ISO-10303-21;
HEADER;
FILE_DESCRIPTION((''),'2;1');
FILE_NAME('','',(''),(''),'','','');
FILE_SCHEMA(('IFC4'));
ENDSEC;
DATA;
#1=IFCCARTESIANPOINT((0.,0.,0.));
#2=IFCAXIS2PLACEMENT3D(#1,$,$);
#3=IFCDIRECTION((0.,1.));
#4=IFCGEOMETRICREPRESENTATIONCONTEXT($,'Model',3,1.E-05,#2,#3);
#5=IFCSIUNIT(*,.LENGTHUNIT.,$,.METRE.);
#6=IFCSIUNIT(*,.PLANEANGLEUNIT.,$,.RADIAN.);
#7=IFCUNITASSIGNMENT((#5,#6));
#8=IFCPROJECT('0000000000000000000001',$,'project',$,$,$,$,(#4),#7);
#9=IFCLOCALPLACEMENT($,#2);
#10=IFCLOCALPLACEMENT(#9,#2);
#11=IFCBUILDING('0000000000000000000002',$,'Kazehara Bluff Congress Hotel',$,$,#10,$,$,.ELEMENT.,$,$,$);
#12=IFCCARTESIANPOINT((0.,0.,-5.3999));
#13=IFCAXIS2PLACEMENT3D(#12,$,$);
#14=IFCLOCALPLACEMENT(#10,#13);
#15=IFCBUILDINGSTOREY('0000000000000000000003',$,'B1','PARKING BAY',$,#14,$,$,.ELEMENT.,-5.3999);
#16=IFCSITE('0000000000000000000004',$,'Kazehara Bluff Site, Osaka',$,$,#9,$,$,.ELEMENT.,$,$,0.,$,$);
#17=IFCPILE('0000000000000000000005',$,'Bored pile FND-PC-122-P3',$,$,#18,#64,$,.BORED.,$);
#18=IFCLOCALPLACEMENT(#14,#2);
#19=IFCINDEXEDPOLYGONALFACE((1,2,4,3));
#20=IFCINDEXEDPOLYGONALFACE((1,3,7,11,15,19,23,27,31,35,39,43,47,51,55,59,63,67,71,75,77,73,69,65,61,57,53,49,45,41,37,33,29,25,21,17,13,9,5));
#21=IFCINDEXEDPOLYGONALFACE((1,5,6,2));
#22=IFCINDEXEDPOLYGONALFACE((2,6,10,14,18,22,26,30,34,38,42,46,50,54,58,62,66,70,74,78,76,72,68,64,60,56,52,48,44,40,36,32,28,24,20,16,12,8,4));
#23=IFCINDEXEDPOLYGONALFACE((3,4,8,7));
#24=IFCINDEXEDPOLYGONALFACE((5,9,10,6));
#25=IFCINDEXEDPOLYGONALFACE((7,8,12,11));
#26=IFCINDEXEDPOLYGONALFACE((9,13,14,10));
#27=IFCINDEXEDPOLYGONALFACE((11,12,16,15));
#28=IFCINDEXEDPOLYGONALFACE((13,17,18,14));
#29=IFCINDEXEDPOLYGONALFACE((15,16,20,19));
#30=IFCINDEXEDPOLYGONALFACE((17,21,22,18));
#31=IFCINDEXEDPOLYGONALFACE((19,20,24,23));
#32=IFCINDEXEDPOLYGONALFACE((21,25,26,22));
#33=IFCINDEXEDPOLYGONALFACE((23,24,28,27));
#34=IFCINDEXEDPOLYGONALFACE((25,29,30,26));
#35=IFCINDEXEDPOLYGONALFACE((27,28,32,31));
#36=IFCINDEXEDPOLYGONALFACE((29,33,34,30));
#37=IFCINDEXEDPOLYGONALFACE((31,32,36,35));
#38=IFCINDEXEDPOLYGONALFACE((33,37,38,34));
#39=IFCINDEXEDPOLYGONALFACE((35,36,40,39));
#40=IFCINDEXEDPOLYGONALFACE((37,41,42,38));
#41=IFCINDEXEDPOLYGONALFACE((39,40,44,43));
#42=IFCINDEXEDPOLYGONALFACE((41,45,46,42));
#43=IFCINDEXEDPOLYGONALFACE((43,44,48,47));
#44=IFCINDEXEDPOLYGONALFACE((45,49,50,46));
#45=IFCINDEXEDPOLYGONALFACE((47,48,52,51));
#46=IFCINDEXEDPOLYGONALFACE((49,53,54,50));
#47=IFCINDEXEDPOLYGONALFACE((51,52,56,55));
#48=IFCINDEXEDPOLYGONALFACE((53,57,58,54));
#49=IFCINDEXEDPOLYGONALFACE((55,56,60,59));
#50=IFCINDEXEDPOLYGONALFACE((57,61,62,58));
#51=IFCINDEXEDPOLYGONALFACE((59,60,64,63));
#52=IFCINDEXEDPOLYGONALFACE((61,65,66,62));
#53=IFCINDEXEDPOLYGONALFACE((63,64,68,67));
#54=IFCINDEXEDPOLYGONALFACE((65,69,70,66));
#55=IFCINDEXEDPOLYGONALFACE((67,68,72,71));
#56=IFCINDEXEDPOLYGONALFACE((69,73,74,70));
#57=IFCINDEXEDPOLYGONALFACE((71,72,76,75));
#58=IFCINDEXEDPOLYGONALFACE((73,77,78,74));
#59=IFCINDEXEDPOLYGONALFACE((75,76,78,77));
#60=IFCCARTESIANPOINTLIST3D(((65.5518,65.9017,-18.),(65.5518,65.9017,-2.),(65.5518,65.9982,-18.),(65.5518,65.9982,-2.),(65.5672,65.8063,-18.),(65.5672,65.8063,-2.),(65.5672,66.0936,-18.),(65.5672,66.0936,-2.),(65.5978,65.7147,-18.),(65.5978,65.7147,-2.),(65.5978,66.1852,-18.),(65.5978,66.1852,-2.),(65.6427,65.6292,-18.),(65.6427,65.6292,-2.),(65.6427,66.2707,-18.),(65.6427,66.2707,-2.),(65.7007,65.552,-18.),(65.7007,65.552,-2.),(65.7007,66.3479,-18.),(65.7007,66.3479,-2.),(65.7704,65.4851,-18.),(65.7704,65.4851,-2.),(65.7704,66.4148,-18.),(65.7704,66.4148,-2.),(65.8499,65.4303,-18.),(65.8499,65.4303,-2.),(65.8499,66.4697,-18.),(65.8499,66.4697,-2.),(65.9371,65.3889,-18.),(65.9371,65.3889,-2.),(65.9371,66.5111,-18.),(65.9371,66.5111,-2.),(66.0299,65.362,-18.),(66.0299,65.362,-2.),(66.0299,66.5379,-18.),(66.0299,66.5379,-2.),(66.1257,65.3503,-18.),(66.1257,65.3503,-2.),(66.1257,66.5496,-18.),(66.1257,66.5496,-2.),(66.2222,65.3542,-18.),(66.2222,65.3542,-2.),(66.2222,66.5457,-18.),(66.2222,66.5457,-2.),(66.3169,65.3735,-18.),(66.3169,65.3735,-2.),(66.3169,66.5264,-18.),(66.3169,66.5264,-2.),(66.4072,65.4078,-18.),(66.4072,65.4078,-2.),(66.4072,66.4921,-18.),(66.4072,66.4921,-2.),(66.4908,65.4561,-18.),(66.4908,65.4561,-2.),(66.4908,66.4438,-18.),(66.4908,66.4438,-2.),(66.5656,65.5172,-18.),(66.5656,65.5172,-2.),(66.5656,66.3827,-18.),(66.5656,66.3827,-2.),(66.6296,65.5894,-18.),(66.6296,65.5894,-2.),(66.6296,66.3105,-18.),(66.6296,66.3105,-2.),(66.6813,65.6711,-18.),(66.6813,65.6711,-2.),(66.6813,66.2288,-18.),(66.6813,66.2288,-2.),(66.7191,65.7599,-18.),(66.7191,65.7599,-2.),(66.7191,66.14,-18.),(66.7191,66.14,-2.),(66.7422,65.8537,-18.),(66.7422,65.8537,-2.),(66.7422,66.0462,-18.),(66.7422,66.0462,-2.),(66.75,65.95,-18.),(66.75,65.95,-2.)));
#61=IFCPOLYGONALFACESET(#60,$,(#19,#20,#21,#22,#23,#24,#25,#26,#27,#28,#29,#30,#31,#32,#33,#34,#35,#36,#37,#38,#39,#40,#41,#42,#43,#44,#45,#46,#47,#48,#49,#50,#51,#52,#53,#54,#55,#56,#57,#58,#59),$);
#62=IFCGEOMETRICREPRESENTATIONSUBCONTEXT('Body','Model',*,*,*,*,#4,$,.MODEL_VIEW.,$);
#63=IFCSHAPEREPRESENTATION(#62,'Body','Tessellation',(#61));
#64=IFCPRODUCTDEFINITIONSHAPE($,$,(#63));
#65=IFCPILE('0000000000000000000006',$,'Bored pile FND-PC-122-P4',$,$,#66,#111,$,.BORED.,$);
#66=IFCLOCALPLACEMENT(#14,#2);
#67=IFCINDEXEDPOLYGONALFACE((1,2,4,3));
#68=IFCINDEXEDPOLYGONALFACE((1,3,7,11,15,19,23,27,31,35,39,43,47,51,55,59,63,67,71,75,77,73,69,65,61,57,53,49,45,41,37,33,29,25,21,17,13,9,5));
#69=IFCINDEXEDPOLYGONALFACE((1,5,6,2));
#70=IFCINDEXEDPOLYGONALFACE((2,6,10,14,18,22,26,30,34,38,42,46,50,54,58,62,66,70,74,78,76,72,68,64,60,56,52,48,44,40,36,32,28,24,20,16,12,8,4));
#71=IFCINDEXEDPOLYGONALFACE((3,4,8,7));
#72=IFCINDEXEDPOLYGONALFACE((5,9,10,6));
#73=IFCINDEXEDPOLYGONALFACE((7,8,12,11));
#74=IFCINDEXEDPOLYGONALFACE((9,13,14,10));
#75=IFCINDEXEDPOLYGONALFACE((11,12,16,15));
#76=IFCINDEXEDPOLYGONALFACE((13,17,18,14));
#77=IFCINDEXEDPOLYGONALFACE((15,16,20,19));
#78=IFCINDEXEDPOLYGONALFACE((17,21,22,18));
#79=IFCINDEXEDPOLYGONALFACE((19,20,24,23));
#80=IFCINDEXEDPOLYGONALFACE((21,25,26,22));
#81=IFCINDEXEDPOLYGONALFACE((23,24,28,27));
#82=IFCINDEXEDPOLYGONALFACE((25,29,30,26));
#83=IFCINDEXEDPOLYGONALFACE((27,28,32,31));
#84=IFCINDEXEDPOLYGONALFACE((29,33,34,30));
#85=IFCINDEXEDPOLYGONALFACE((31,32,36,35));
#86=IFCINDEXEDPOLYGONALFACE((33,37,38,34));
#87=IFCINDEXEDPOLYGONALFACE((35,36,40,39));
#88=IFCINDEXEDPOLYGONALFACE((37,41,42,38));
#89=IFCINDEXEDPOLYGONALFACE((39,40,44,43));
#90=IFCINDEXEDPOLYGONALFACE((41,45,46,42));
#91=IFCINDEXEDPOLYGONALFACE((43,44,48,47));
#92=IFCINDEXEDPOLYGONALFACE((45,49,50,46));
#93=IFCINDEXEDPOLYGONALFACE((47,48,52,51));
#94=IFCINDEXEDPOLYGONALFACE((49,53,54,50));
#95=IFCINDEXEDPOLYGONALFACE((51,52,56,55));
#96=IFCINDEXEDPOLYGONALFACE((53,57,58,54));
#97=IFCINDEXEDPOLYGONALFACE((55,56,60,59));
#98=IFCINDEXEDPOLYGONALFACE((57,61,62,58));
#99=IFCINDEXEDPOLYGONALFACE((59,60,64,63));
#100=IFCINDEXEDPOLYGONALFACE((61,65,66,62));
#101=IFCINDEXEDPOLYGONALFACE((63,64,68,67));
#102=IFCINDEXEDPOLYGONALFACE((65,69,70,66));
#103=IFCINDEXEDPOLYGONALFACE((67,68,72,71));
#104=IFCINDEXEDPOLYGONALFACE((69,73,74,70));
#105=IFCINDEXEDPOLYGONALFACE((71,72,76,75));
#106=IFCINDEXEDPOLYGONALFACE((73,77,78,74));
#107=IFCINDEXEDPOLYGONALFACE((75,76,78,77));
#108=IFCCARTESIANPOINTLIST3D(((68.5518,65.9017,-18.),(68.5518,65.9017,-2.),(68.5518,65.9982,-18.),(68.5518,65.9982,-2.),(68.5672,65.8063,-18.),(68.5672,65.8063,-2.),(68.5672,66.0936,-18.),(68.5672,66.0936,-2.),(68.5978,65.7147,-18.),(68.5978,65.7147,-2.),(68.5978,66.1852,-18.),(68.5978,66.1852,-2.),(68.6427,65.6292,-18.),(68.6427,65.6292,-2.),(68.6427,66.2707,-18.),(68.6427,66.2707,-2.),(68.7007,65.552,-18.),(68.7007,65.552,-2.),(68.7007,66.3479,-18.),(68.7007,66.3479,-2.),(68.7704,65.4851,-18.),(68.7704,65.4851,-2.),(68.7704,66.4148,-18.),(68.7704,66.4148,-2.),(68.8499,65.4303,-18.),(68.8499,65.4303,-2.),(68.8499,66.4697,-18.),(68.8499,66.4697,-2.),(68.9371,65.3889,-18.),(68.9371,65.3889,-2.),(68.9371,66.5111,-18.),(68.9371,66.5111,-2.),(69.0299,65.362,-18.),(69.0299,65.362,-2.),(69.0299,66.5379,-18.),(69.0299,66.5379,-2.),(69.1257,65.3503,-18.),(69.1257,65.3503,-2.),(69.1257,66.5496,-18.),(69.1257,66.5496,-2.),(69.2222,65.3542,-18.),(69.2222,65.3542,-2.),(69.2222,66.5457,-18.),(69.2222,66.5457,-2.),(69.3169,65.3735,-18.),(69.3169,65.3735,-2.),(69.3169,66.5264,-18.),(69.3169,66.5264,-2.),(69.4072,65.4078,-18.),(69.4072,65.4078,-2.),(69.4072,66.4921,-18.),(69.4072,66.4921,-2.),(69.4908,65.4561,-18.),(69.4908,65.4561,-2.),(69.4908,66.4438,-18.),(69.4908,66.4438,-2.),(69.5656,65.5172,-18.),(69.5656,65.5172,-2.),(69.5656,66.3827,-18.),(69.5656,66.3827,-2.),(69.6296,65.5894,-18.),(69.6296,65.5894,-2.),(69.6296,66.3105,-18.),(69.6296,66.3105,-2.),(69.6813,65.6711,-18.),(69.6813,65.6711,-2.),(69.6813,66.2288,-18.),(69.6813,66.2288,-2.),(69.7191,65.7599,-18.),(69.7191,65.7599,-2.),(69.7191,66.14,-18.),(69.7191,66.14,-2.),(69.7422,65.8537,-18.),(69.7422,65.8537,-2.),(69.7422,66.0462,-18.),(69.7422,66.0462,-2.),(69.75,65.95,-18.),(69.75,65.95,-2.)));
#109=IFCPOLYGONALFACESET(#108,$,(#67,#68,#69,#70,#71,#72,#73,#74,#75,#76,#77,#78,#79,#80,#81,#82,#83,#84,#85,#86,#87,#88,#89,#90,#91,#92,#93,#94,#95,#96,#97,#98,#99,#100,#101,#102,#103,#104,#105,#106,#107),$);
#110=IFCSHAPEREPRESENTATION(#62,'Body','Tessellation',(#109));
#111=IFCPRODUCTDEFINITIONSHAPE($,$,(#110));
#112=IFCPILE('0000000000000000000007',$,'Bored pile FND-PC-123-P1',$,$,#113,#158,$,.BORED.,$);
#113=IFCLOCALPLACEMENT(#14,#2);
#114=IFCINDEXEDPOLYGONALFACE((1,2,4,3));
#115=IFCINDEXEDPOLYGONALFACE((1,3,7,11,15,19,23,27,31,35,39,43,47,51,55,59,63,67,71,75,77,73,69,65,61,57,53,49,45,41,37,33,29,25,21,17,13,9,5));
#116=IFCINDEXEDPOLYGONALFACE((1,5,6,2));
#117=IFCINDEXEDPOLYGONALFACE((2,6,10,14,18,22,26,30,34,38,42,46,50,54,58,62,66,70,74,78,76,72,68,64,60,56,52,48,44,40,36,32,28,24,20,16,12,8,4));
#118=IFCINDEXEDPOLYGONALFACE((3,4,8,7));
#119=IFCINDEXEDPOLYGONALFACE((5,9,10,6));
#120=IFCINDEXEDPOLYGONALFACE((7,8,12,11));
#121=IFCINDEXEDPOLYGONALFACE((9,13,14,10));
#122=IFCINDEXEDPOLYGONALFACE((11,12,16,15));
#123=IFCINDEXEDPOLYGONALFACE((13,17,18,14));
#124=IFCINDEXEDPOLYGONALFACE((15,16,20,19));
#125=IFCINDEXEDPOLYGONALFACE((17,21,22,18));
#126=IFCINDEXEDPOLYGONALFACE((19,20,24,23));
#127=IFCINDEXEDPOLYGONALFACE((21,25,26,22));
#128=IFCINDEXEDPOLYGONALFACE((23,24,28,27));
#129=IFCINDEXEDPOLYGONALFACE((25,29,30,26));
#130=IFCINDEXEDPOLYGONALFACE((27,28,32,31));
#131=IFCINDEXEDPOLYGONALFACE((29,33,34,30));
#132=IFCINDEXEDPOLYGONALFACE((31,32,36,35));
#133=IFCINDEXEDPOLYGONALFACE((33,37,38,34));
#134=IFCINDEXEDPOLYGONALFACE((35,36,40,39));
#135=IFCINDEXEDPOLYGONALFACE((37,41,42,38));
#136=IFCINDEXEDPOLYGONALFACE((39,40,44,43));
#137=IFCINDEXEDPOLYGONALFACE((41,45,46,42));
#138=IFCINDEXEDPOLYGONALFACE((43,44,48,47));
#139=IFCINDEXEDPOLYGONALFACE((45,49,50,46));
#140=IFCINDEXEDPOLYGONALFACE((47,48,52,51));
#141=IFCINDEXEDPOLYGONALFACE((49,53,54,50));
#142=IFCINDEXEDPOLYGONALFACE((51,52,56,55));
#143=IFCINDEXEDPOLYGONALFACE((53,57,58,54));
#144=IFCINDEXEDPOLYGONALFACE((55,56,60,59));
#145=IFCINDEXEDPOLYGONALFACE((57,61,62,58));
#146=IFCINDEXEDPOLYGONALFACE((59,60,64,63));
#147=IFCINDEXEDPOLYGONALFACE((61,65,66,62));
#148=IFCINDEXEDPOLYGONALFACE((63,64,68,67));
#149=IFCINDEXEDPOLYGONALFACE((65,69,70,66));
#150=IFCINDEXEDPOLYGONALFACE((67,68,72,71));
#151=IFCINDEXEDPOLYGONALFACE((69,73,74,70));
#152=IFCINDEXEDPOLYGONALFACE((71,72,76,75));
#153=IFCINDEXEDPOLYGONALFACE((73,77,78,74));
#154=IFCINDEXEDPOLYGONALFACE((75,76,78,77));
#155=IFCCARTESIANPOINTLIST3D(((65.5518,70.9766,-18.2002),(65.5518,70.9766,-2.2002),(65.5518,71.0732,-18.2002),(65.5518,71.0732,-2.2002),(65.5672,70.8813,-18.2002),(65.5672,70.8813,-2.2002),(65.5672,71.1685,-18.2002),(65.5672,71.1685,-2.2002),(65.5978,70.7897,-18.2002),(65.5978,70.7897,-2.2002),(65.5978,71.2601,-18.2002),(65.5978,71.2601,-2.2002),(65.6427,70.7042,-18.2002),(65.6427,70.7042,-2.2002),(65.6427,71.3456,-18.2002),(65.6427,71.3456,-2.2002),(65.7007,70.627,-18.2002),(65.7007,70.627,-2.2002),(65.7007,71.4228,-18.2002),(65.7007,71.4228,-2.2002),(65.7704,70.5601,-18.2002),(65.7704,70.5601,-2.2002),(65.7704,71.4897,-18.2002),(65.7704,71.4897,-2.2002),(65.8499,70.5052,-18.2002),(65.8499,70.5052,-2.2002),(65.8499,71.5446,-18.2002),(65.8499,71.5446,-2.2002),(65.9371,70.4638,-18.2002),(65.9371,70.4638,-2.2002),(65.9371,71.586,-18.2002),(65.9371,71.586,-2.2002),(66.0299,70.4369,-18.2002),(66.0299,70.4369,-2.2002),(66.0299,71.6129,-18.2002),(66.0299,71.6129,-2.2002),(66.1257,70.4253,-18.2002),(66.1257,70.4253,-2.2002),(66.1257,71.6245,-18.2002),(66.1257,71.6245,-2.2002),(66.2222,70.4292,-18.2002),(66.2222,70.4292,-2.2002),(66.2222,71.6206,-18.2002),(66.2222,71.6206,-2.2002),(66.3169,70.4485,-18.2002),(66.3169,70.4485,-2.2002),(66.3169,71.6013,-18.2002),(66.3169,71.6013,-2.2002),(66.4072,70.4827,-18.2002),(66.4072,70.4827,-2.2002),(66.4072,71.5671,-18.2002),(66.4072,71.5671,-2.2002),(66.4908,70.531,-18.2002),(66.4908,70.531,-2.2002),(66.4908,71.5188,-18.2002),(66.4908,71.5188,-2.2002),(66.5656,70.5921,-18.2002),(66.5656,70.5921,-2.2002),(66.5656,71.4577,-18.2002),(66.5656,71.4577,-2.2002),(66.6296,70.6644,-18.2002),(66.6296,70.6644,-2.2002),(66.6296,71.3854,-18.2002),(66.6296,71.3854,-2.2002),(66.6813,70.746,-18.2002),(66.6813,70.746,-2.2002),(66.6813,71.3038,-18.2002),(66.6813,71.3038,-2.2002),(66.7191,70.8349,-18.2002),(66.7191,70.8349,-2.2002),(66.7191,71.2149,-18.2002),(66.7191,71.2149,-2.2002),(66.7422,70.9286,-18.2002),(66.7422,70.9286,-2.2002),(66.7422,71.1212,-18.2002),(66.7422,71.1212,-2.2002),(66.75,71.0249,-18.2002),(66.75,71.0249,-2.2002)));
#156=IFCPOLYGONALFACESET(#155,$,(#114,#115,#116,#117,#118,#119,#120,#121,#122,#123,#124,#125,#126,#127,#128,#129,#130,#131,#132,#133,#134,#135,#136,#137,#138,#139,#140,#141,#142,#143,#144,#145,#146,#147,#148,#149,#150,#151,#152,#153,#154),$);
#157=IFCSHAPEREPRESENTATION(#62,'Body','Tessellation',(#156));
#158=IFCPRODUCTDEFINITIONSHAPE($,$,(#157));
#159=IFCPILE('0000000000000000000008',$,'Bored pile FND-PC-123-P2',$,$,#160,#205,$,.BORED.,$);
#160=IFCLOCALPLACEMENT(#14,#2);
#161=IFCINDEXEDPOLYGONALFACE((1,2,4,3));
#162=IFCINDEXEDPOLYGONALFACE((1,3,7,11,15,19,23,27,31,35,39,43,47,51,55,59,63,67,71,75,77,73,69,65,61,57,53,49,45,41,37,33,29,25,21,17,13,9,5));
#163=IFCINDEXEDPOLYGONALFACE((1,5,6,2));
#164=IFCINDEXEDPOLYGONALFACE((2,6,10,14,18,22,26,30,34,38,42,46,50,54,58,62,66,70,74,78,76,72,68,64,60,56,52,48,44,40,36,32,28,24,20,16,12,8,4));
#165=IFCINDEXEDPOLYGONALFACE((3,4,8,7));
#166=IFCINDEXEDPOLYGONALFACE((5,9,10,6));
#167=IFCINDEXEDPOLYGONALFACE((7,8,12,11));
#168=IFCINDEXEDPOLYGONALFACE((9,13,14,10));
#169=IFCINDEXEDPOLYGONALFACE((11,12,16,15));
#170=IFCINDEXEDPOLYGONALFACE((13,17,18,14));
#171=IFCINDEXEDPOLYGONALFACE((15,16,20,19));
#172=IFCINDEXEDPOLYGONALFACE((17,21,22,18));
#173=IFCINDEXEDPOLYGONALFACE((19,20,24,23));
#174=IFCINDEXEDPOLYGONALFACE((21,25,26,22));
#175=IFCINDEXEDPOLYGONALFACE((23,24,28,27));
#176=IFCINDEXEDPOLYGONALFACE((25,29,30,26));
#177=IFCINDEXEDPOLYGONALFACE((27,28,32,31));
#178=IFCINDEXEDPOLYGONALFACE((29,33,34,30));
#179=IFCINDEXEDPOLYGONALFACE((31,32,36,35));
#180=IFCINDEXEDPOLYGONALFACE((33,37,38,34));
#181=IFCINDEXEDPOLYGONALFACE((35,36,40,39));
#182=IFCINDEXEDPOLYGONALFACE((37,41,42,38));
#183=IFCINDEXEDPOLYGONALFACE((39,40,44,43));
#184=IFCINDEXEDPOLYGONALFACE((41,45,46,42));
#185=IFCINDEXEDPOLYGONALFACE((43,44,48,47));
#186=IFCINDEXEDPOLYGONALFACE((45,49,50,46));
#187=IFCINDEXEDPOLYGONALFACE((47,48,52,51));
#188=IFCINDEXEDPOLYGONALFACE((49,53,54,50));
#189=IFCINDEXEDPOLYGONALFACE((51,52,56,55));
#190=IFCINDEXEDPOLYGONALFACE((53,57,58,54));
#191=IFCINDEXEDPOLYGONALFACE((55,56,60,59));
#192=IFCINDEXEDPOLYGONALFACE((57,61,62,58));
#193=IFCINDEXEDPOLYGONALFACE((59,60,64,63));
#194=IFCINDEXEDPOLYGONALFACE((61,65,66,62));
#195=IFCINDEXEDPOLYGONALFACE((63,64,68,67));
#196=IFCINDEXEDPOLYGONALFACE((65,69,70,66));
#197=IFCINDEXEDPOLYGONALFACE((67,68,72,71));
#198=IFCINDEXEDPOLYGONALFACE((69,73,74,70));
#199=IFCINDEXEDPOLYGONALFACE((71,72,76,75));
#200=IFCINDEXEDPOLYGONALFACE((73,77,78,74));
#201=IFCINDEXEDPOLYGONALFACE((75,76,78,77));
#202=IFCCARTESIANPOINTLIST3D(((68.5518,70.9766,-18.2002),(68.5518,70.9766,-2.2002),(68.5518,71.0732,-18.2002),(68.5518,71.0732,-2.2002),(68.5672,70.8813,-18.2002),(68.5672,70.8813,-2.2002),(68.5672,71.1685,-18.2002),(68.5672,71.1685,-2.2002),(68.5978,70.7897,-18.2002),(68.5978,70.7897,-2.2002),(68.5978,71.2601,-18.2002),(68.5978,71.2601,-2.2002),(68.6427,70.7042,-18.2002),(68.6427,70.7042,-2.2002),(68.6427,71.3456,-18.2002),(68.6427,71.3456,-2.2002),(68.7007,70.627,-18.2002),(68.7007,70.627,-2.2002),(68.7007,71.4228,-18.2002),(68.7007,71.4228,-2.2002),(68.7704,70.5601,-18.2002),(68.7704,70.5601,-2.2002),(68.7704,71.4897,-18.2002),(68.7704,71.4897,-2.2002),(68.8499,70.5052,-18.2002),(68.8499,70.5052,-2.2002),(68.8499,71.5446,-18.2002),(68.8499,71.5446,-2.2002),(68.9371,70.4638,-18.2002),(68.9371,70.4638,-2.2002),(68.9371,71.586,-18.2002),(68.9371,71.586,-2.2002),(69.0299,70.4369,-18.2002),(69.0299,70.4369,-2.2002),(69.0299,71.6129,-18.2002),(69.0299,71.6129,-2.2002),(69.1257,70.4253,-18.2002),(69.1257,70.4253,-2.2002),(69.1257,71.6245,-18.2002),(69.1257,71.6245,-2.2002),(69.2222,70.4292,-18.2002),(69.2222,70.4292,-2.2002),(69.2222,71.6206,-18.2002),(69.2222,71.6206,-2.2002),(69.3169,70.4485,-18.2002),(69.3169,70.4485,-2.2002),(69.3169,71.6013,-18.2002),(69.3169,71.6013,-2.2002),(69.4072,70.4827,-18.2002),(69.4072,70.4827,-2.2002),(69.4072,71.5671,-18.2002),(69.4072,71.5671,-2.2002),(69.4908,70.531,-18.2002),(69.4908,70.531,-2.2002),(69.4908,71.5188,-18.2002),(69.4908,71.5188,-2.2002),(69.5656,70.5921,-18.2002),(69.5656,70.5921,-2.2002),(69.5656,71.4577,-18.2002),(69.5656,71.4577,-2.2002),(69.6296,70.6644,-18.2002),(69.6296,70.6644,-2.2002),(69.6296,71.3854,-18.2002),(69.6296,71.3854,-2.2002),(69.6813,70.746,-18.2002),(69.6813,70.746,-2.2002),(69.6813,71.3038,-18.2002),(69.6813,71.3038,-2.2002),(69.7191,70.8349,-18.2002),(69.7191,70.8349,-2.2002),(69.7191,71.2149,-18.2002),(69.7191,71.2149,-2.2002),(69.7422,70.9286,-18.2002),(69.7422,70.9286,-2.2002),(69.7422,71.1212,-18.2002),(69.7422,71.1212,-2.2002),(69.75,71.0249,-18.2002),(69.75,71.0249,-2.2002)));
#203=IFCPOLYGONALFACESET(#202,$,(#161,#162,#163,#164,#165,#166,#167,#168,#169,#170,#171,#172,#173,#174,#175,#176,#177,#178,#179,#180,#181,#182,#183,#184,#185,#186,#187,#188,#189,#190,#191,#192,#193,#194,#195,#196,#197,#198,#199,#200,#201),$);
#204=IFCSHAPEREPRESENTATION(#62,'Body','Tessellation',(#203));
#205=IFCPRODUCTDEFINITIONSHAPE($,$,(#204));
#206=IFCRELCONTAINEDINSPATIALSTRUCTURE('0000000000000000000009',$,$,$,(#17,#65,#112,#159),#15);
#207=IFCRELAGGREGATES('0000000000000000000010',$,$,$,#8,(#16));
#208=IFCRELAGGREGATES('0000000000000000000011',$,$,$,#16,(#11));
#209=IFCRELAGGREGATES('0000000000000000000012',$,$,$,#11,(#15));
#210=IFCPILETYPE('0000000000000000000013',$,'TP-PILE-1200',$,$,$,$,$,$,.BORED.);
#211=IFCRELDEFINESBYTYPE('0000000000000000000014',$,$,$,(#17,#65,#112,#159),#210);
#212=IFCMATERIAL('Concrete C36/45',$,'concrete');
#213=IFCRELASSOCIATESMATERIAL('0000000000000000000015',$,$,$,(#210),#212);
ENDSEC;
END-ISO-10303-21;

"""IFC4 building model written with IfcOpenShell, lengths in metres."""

from ifc_helpers import new_model, si_unit, direction, frame, origin, origin_2d, place, context, subcontext, project, spatial, circle, extrude, material, material_profile, profile_set, type_object, element, save


model = new_model("IFC4")

# Units and contexts
model_context = context("Model", 3, precision=1e-05, world=origin(), true_north=direction((0.0, 1.0)))
body_context = subcontext(model_context, "Body", "Model", "MODEL_VIEW")
ifc_project = project(units=[si_unit("LENGTHUNIT", "METRE"), si_unit("PLANEANGLEUNIT", "RADIAN")], contexts=[model_context])

# Site, building, storey
site_placement = place(None, origin())
site = spatial("IfcSite", under=ifc_project, at=site_placement, Name="Kazehara Bluff Site, Osaka", CompositionType="ELEMENT", RefElevation=0.0)
building_placement = place(site_placement, origin())
building = spatial("IfcBuilding", under=site, at=building_placement, Name="Kazehara Bluff Congress Hotel", CompositionType="ELEMENT")
storey_placement = place(building_placement, frame((0.0, 0.0, -5.3999)))
storey = spatial("IfcBuildingStorey", under=building, at=storey_placement, Name="B1", Description="PARKING BAY", CompositionType="ELEMENT", Elevation=-5.3999)

# Piles
ifc_material_1 = material(Name="Concrete C36/45", Category="concrete")
ifc_material_profile_1 = material_profile(ifc_material_1, circle(Radius=0.6001, at=origin_2d()))
ifc_profile_set_1 = profile_set([ifc_material_profile_1], Name="Concrete C36/45")
pile_type_1 = type_object("IfcPileType", Name="TP-PILE-1200", PredefinedType="BORED", material=ifc_profile_set_1)
for number, where, z_axis, x_axis, name in (
    (1, (66.1499, 65.95, -2.0), (0.0, 0.0, -1.0), (1.0, 0.0, 0.0), "Bored pile FND-PC-122-P3"),
    (2, (69.1499, 65.95, -2.0), (0.0, 0.0, -1.0), (1.0, 0.0, 0.0), "Bored pile FND-PC-122-P4"),
    (3, (66.1499, 71.0249, -2.2002), (0.0, 0.0, -1.0), (1.0, 0.0, 0.0), "Bored pile FND-PC-123-P1"),
    (4, (69.1499, 71.0249, -2.2002), (0.0, 0.0, -1.0), (1.0, 0.0, 0.0), "Bored pile FND-PC-123-P2"),
):
    element("IfcPile", number, at=place(storey_placement, frame(where, z_axis=z_axis, x_axis=x_axis)), inside=storey, type_object=pile_type_1, Name=name, PredefinedType="BORED", context=body_context, shape_type="SweptSolid", body=[
        extrude(circle(Radius=0.6001, at=origin_2d()), origin(), (0.0, 0.0, 1.0), 16.0),
    ])

save(model, "model.ifc")
